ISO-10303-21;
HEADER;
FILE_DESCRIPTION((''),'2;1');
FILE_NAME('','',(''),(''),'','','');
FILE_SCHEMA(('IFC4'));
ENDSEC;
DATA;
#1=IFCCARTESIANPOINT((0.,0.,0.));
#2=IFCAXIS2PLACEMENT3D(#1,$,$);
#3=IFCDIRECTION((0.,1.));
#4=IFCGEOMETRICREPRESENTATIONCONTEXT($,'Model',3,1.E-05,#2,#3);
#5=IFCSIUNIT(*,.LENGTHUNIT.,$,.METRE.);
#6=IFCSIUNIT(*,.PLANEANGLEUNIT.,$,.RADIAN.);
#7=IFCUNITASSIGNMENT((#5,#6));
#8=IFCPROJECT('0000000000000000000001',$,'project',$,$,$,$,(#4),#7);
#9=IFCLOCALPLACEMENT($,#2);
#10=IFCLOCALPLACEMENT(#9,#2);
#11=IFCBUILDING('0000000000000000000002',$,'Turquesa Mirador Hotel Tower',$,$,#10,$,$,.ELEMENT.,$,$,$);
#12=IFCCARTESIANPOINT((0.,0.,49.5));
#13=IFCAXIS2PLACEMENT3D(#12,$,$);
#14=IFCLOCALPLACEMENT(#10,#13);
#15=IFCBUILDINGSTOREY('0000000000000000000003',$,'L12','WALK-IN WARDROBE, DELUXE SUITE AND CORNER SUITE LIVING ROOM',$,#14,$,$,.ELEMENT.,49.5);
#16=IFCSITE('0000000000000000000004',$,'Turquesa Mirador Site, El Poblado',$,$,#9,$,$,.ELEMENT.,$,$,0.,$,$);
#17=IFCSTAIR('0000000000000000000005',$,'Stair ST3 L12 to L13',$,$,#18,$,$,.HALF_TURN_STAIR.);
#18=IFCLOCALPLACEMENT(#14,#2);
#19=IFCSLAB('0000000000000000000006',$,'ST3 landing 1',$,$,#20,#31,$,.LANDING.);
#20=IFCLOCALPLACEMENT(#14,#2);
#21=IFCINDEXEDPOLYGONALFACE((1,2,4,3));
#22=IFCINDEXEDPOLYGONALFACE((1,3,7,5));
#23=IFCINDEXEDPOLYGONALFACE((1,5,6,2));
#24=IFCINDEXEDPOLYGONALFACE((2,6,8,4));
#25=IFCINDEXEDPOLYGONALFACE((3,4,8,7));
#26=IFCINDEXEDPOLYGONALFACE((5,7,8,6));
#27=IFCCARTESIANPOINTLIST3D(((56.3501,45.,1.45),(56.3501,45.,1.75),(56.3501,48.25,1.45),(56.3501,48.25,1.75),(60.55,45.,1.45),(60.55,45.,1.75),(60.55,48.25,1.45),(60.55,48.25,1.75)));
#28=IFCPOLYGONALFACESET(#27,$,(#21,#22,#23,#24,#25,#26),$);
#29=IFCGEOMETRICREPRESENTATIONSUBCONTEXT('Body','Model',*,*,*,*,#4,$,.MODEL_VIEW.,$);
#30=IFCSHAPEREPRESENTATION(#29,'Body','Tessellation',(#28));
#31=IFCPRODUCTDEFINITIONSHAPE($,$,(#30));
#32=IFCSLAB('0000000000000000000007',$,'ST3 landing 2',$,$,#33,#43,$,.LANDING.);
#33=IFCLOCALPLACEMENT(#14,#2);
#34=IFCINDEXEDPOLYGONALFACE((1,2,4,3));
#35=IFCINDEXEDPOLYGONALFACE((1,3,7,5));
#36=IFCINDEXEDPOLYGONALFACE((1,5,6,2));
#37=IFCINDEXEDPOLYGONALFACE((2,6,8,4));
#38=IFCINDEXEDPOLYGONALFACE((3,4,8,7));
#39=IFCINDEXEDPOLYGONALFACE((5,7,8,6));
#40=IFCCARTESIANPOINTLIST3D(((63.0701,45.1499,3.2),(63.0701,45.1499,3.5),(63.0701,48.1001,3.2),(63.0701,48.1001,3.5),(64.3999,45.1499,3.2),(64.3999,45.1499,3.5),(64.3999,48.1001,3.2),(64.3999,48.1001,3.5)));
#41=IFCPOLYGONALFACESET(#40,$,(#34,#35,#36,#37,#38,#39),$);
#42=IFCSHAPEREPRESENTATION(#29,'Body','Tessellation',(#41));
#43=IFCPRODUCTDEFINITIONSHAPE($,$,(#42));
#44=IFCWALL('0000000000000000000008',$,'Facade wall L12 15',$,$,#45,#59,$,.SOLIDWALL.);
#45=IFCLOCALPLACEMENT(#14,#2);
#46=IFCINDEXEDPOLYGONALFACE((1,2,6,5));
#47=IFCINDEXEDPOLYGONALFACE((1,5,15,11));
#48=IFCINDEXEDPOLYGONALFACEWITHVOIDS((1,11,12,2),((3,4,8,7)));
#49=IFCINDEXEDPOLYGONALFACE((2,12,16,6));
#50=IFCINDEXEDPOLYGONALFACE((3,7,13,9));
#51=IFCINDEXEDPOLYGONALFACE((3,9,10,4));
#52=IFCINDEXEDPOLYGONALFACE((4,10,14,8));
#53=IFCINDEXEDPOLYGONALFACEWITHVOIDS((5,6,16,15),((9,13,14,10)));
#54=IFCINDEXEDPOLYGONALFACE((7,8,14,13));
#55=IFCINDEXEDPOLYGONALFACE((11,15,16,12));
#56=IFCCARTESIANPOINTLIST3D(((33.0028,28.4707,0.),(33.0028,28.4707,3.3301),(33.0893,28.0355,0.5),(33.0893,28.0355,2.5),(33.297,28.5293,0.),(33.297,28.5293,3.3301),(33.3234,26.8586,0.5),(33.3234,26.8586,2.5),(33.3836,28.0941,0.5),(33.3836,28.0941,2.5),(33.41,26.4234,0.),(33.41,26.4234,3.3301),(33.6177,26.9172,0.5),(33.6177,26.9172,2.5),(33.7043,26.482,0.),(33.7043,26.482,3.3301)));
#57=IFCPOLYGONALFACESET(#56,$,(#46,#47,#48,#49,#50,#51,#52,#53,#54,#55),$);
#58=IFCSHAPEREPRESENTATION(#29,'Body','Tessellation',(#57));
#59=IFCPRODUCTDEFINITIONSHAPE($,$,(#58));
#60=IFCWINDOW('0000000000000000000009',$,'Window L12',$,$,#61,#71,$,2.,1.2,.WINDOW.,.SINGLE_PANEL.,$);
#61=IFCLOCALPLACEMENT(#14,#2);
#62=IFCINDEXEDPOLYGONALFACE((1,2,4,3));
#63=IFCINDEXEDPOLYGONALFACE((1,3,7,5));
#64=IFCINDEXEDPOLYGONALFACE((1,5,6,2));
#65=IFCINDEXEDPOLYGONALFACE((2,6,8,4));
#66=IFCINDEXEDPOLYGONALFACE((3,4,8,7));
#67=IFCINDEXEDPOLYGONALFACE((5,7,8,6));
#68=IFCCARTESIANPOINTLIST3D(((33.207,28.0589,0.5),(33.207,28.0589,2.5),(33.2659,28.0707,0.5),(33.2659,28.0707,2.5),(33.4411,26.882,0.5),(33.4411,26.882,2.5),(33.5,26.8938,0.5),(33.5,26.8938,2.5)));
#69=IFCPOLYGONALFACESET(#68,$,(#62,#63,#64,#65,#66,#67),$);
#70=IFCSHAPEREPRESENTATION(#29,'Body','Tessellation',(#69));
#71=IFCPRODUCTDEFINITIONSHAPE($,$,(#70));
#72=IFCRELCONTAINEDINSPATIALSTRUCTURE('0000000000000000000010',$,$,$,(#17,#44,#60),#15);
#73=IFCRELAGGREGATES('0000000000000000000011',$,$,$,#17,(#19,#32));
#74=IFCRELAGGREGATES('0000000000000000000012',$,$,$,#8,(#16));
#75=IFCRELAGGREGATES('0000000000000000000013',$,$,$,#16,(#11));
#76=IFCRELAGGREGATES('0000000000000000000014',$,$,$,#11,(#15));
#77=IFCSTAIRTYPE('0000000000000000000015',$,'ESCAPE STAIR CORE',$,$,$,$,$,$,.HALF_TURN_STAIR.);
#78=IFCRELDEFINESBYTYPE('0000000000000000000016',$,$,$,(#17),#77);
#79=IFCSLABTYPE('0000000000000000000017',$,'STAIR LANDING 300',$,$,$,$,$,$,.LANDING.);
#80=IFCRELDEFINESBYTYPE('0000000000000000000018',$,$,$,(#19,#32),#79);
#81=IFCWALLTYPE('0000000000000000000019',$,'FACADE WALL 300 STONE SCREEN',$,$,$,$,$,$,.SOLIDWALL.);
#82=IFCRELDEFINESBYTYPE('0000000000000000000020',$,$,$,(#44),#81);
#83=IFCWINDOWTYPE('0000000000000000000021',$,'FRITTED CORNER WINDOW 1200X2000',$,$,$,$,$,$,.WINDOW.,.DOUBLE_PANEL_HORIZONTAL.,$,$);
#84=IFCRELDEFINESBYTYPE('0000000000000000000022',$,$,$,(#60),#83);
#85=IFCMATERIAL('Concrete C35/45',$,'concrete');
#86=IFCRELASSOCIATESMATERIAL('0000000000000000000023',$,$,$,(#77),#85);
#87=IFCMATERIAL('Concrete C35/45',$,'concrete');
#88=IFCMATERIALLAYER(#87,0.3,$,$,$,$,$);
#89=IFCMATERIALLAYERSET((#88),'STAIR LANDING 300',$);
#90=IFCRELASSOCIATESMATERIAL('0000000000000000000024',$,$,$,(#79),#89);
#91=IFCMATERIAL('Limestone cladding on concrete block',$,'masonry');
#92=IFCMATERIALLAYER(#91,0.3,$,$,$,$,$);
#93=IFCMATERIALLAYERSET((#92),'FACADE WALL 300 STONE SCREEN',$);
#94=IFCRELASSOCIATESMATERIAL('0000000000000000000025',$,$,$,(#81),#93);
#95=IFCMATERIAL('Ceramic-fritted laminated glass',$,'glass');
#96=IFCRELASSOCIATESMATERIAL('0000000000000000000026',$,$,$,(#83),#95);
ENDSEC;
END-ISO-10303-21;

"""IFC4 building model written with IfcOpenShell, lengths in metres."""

from ifc_helpers import new_model, si_unit, direction, frame, frame_2d, origin, place, context, subcontext, project, spatial, polyline, rectangle, outline, extrude, material, layer, layer_set, type_object, element, fill, aggregate, save


model = new_model("IFC4")

# Units and contexts
model_context = context("Model", 3, precision=1e-05, world=origin(), true_north=direction((0.0, 1.0)))
body_context = subcontext(model_context, "Body", "Model", "MODEL_VIEW")
ifc_project = project(units=[si_unit("LENGTHUNIT", "METRE"), si_unit("PLANEANGLEUNIT", "RADIAN")], contexts=[model_context])

# Site, building, storey
site_placement = place(None, origin())
site = spatial("IfcSite", under=ifc_project, at=site_placement, Name="Turquesa Mirador Site, El Poblado", CompositionType="ELEMENT", RefElevation=0.0)
building_placement = place(site_placement, origin())
building = spatial("IfcBuilding", under=site, at=building_placement, Name="Turquesa Mirador Hotel Tower", CompositionType="ELEMENT")
storey_placement = place(building_placement, frame((0.0, 0.0, 49.5)))
storey = spatial("IfcBuildingStorey", under=building, at=storey_placement, Name="L12", Description="WALK-IN WARDROBE, DELUXE SUITE AND CORNER SUITE LIVING ROOM", CompositionType="ELEMENT", Elevation=49.5)

# Stair, slabs
ifc_material_1 = material(Name="Concrete C35/45", Category="concrete")
stair_type = type_object("IfcStairType", Name="ESCAPE STAIR CORE", PredefinedType="HALF_TURN_STAIR", material=ifc_material_1)
ifc_material_2 = material(Name="Concrete C35/45", Category="concrete")
ifc_layer_1 = layer(ifc_material_2, 0.3)
ifc_layer_set_1 = layer_set([ifc_layer_1], Name="STAIR LANDING 300")
slab_type_1 = type_object("IfcSlabType", Name="STAIR LANDING 300", PredefinedType="LANDING", material=ifc_layer_set_1)
stair_1_placement = place(storey_placement, origin())
stair_1 = element("IfcStair", 1, at=stair_1_placement, inside=storey, type_object=stair_type, Name="Stair ST3 L12 to L13", PredefinedType="HALF_TURN_STAIR")
slab_1_placement = place(storey_placement, frame((0.0, 0.0, 1.45)))
slab_1 = element("IfcSlab", 2, at=slab_1_placement, type_object=slab_type_1, Name="ST3 landing 1", PredefinedType="LANDING", context=body_context, shape_type="SweptSolid", body=[
    extrude(outline(polyline([(56.3501, 45.0), (60.55, 45.0), (60.55, 48.25), (56.3501, 48.25), (56.3501, 45.0)])), origin(), (0.0, 0.0, 1.0), 0.3),
])
slab_2_placement = place(storey_placement, frame((0.0, 0.0, 3.2)))
slab_2 = element("IfcSlab", 3, at=slab_2_placement, type_object=slab_type_1, Name="ST3 landing 2", PredefinedType="LANDING", context=body_context, shape_type="SweptSolid", body=[
    extrude(outline(polyline([(63.0701, 45.1499), (64.3999, 45.1499), (64.3999, 48.1001), (63.0701, 48.1001), (63.0701, 45.1499)])), origin(), (0.0, 0.0, 1.0), 0.3),
])
aggregate(stair_1, [slab_1, slab_2])

# Wall, opening, window
ifc_material_3 = material(Name="Limestone cladding on concrete block", Category="masonry")
ifc_layer_2 = layer(ifc_material_3, 0.3)
ifc_layer_set_2 = layer_set([ifc_layer_2], Name="FACADE WALL 300 STONE SCREEN")
wall_type = type_object("IfcWallType", Name="FACADE WALL 300 STONE SCREEN", PredefinedType="SOLIDWALL", material=ifc_layer_set_2)
wall_placement = place(storey_placement, frame((33.1499, 28.5, 0.0), z_axis=(0.0, 0.0, 1.0), x_axis=(0.195081, -0.980787, 0.0)))
wall = element("IfcWall", 4, at=wall_placement, inside=storey, type_object=wall_type, Name="Facade wall L12 15", PredefinedType="SOLIDWALL", context=body_context, shape_type="SweptSolid", body=[
    extrude(rectangle(XDim=2.0874, YDim=0.3, at=frame_2d((1.0437, 0.0))), origin(), (0.0, 0.0, 1.0), 3.3301),
])
opening_placement = place(wall_placement, frame((0.4436, 0.0, 0.5)))
opening = element("IfcOpeningElement", 5, at=opening_placement, cuts=wall, PredefinedType="OPENING", context=body_context, shape_type="SweptSolid", body=[
    extrude(rectangle(XDim=1.2, YDim=2.0, at=frame_2d((0.6001, 1.0))), frame((0.0, 0.1599, 0.0), z_axis=(0.0, -1.0, 0.0), x_axis=(1.0, 0.0, 0.0)), (0.0, 0.0, 1.0), 0.3201),
])
ifc_material_4 = material(Name="Ceramic-fritted laminated glass", Category="glass")
window_type = type_object("IfcWindowType", Name="FRITTED CORNER WINDOW 1200X2000", PartitioningType="DOUBLE_PANEL_HORIZONTAL", PredefinedType="WINDOW", material=ifc_material_4)
window_placement = place(opening_placement, origin())
window = element("IfcWindow", 6, at=window_placement, inside=storey, type_object=window_type, Name="Window L12", OverallHeight=2.0, OverallWidth=1.2, PartitioningType="SINGLE_PANEL", PredefinedType="WINDOW", context=body_context, shape_type="SweptSolid", body=[
    extrude(rectangle(XDim=1.2, YDim=2.0, at=frame_2d((0.6001, 1.0))), frame((0.0, 0.03, 0.0), z_axis=(0.0, -1.0, 0.0), x_axis=(1.0, 0.0, 0.0)), (0.0, 0.0, 1.0), 0.0601),
])
fill(opening, window)

save(model, "model.ifc")
